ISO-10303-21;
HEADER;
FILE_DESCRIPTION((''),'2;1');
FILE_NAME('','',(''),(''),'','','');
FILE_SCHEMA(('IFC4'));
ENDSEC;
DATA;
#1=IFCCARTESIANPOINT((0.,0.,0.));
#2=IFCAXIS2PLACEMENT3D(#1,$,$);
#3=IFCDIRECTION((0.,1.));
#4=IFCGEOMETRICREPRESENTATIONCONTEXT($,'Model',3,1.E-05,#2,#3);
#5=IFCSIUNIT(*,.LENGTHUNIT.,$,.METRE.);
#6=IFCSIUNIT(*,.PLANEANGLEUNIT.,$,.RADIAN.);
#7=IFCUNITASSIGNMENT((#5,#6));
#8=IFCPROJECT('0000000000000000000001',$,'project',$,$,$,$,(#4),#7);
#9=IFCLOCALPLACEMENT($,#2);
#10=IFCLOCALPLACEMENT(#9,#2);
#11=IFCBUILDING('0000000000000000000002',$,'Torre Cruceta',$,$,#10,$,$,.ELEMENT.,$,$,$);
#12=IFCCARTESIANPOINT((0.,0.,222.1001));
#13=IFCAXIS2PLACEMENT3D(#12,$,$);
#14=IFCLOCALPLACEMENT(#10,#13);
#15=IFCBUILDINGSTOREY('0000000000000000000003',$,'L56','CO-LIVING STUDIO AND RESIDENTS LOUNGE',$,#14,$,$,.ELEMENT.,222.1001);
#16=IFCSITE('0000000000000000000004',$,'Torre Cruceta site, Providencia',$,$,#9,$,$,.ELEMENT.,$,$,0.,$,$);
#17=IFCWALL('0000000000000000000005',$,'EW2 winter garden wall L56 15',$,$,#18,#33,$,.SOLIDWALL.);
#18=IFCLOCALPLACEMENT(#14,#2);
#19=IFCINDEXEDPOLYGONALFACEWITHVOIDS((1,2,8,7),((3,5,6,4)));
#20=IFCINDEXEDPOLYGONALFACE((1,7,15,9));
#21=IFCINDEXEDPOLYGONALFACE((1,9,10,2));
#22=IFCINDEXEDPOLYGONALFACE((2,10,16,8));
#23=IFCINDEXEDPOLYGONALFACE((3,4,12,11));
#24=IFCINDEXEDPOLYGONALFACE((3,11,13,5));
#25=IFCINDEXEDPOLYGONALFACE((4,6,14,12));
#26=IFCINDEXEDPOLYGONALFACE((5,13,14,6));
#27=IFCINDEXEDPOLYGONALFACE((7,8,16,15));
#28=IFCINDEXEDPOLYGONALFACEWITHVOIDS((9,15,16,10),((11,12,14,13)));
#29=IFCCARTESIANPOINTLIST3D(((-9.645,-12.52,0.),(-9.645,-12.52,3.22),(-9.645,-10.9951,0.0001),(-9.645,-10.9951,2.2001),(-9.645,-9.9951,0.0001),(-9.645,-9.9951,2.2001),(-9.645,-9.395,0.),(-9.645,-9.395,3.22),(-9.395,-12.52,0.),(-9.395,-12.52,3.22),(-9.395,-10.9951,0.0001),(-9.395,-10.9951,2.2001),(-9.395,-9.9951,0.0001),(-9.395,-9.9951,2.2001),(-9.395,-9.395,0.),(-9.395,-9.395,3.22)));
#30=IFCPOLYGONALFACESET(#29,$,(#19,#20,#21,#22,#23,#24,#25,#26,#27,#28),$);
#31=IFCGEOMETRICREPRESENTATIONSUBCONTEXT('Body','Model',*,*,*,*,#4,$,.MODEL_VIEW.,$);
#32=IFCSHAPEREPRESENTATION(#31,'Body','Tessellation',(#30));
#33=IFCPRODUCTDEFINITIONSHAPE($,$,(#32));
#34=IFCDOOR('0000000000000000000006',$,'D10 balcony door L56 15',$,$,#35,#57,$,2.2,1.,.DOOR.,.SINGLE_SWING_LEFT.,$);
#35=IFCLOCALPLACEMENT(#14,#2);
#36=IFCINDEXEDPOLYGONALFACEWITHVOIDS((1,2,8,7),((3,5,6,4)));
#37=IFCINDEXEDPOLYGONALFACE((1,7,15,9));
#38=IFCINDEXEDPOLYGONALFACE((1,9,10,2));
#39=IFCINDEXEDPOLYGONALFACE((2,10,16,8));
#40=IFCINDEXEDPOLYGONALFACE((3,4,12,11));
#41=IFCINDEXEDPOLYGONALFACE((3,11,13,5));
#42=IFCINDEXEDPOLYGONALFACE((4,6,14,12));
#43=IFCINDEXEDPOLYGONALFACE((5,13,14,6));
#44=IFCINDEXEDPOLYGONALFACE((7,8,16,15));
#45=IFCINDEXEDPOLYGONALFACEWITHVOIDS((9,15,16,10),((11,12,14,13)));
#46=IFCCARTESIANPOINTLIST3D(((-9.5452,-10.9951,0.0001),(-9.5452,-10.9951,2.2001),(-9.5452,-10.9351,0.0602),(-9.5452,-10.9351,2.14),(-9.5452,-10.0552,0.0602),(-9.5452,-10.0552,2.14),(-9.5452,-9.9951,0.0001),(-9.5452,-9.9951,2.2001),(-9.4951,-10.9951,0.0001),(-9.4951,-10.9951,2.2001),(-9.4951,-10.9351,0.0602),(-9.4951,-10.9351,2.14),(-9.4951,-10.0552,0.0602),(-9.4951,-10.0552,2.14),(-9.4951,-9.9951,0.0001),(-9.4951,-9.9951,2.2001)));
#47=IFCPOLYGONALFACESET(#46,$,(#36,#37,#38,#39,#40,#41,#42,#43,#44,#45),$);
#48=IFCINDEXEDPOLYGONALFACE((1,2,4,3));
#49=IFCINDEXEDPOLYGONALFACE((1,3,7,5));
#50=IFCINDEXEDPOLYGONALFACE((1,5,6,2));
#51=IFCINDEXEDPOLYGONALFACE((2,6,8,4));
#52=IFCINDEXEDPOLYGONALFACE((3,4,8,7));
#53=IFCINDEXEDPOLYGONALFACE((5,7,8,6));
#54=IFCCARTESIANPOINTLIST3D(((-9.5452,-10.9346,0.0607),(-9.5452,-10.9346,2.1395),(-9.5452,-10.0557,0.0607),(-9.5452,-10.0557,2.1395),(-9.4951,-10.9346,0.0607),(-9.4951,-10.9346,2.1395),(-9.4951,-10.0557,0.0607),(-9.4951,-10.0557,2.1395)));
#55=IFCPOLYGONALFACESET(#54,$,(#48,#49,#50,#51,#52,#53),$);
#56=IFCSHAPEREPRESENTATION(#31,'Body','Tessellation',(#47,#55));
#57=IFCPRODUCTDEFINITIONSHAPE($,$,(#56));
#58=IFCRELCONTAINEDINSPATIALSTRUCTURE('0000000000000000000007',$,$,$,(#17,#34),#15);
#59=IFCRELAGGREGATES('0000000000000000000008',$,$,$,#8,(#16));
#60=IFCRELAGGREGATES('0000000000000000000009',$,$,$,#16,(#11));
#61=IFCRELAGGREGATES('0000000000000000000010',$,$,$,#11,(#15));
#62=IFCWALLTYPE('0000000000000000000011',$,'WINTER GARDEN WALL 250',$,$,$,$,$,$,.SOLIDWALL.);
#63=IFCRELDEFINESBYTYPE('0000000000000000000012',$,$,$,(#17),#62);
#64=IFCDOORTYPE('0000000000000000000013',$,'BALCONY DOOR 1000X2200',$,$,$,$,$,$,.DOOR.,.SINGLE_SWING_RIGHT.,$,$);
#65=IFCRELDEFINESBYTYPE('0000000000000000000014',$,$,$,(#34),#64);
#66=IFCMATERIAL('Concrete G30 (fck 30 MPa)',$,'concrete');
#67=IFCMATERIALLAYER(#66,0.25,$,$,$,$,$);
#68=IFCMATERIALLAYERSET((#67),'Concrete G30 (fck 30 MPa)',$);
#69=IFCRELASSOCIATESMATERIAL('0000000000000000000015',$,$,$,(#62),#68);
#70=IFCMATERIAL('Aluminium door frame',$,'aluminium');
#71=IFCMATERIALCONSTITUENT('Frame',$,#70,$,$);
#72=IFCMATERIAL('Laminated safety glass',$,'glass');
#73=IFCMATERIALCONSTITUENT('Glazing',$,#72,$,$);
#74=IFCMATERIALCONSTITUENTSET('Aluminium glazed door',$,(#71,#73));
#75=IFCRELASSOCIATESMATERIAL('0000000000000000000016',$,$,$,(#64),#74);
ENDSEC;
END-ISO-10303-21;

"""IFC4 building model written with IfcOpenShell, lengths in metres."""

from ifc_helpers import new_model, si_unit, direction, frame, frame_2d, origin, place, context, subcontext, project, spatial, rectangle, hollow_rectangle, extrude, material, layer, layer_set, constituent, constituent_set, type_object, element, fill, save


model = new_model("IFC4")

# Units and contexts
model_context = context("Model", 3, precision=1e-05, world=origin(), true_north=direction((0.0, 1.0)))
body_context = subcontext(model_context, "Body", "Model", "MODEL_VIEW")
ifc_project = project(units=[si_unit("LENGTHUNIT", "METRE"), si_unit("PLANEANGLEUNIT", "RADIAN")], contexts=[model_context])

# Site, building, storey
site_placement = place(None, origin())
site = spatial("IfcSite", under=ifc_project, at=site_placement, Name="Torre Cruceta site, Providencia", CompositionType="ELEMENT", RefElevation=0.0)
building_placement = place(site_placement, origin())
building = spatial("IfcBuilding", under=site, at=building_placement, Name="Torre Cruceta", CompositionType="ELEMENT")
storey_placement = place(building_placement, frame((0.0, 0.0, 222.1001)))
storey = spatial("IfcBuildingStorey", under=building, at=storey_placement, Name="L56", Description="CO-LIVING STUDIO AND RESIDENTS LOUNGE", CompositionType="ELEMENT", Elevation=222.1001)

# Wall, opening, door
ifc_material_1 = material(Name="Concrete G30 (fck 30 MPa)", Category="concrete")
ifc_layer_1 = layer(ifc_material_1, 0.25)
ifc_layer_set_1 = layer_set([ifc_layer_1], Name="Concrete G30 (fck 30 MPa)")
wall_type_1 = type_object("IfcWallType", Name="WINTER GARDEN WALL 250", PredefinedType="SOLIDWALL", material=ifc_layer_set_1)
ifc_material_2 = material(Name="Aluminium door frame", Category="aluminium")
ifc_constituent_1 = constituent(ifc_material_2, Name="Frame")
ifc_material_3 = material(Name="Laminated safety glass", Category="glass")
ifc_constituent_2 = constituent(ifc_material_3, Name="Glazing")
ifc_constituent_set_1 = constituent_set(constituents=[ifc_constituent_1, ifc_constituent_2], Name="Aluminium glazed door")
door_type_1 = type_object("IfcDoorType", Name="BALCONY DOOR 1000X2200", OperationType="SINGLE_SWING_RIGHT", PredefinedType="DOOR", material=ifc_constituent_set_1)
wall_1_placement = place(storey_placement, frame((-9.52, -9.395, 0.0), z_axis=(0.0, 0.0, 1.0), x_axis=(0.0, -1.0, 0.0)))
wall_1 = element("IfcWall", 1, at=wall_1_placement, inside=storey, type_object=wall_type_1, Name="EW2 winter garden wall L56 15", PredefinedType="SOLIDWALL", context=body_context, shape_type="SweptSolid", body=[
    extrude(rectangle(XDim=3.125, YDim=0.25, at=frame_2d((1.5625, 0.0))), origin(), (0.0, 0.0, 1.0), 3.22),
])
opening_1_placement = place(wall_1_placement, frame((0.6001, 0.0, 0.0)))
opening_1 = element("IfcOpeningElement", 2, at=opening_1_placement, cuts=wall_1, PredefinedType="OPENING", context=body_context, shape_type="SweptSolid", body=[
    extrude(rectangle(XDim=1.0, YDim=2.2, at=frame_2d((0.5, 1.1001))), frame((0.0, 0.135, 0.0), z_axis=(0.0, -1.0, 0.0), x_axis=(1.0, 0.0, 0.0)), (0.0, 0.0, 1.0), 0.27),
])
door_1_placement = place(opening_1_placement, origin())
door_1 = element("IfcDoor", 3, at=door_1_placement, inside=storey, type_object=door_type_1, Name="D10 balcony door L56 15", OperationType="SINGLE_SWING_LEFT", OverallHeight=2.2, OverallWidth=1.0, PredefinedType="DOOR", context=body_context, shape_type="SweptSolid", body=[
    extrude(hollow_rectangle(XDim=1.0, YDim=2.2, WallThickness=0.0601, at=frame_2d((0.5, 1.1001))), frame((0.0, 0.0249, 0.0), z_axis=(0.0, -1.0, 0.0), x_axis=(1.0, 0.0, 0.0)), (0.0, 0.0, 1.0), 0.05),
    extrude(rectangle(XDim=0.8789, YDim=2.0789, at=frame_2d((0.5, 1.1001))), frame((0.0, 0.0249, 0.0), z_axis=(0.0, -1.0, 0.0), x_axis=(1.0, 0.0, 0.0)), (0.0, 0.0, 1.0), 0.05),
])
fill(opening_1, door_1)

save(model, "model.ifc")
